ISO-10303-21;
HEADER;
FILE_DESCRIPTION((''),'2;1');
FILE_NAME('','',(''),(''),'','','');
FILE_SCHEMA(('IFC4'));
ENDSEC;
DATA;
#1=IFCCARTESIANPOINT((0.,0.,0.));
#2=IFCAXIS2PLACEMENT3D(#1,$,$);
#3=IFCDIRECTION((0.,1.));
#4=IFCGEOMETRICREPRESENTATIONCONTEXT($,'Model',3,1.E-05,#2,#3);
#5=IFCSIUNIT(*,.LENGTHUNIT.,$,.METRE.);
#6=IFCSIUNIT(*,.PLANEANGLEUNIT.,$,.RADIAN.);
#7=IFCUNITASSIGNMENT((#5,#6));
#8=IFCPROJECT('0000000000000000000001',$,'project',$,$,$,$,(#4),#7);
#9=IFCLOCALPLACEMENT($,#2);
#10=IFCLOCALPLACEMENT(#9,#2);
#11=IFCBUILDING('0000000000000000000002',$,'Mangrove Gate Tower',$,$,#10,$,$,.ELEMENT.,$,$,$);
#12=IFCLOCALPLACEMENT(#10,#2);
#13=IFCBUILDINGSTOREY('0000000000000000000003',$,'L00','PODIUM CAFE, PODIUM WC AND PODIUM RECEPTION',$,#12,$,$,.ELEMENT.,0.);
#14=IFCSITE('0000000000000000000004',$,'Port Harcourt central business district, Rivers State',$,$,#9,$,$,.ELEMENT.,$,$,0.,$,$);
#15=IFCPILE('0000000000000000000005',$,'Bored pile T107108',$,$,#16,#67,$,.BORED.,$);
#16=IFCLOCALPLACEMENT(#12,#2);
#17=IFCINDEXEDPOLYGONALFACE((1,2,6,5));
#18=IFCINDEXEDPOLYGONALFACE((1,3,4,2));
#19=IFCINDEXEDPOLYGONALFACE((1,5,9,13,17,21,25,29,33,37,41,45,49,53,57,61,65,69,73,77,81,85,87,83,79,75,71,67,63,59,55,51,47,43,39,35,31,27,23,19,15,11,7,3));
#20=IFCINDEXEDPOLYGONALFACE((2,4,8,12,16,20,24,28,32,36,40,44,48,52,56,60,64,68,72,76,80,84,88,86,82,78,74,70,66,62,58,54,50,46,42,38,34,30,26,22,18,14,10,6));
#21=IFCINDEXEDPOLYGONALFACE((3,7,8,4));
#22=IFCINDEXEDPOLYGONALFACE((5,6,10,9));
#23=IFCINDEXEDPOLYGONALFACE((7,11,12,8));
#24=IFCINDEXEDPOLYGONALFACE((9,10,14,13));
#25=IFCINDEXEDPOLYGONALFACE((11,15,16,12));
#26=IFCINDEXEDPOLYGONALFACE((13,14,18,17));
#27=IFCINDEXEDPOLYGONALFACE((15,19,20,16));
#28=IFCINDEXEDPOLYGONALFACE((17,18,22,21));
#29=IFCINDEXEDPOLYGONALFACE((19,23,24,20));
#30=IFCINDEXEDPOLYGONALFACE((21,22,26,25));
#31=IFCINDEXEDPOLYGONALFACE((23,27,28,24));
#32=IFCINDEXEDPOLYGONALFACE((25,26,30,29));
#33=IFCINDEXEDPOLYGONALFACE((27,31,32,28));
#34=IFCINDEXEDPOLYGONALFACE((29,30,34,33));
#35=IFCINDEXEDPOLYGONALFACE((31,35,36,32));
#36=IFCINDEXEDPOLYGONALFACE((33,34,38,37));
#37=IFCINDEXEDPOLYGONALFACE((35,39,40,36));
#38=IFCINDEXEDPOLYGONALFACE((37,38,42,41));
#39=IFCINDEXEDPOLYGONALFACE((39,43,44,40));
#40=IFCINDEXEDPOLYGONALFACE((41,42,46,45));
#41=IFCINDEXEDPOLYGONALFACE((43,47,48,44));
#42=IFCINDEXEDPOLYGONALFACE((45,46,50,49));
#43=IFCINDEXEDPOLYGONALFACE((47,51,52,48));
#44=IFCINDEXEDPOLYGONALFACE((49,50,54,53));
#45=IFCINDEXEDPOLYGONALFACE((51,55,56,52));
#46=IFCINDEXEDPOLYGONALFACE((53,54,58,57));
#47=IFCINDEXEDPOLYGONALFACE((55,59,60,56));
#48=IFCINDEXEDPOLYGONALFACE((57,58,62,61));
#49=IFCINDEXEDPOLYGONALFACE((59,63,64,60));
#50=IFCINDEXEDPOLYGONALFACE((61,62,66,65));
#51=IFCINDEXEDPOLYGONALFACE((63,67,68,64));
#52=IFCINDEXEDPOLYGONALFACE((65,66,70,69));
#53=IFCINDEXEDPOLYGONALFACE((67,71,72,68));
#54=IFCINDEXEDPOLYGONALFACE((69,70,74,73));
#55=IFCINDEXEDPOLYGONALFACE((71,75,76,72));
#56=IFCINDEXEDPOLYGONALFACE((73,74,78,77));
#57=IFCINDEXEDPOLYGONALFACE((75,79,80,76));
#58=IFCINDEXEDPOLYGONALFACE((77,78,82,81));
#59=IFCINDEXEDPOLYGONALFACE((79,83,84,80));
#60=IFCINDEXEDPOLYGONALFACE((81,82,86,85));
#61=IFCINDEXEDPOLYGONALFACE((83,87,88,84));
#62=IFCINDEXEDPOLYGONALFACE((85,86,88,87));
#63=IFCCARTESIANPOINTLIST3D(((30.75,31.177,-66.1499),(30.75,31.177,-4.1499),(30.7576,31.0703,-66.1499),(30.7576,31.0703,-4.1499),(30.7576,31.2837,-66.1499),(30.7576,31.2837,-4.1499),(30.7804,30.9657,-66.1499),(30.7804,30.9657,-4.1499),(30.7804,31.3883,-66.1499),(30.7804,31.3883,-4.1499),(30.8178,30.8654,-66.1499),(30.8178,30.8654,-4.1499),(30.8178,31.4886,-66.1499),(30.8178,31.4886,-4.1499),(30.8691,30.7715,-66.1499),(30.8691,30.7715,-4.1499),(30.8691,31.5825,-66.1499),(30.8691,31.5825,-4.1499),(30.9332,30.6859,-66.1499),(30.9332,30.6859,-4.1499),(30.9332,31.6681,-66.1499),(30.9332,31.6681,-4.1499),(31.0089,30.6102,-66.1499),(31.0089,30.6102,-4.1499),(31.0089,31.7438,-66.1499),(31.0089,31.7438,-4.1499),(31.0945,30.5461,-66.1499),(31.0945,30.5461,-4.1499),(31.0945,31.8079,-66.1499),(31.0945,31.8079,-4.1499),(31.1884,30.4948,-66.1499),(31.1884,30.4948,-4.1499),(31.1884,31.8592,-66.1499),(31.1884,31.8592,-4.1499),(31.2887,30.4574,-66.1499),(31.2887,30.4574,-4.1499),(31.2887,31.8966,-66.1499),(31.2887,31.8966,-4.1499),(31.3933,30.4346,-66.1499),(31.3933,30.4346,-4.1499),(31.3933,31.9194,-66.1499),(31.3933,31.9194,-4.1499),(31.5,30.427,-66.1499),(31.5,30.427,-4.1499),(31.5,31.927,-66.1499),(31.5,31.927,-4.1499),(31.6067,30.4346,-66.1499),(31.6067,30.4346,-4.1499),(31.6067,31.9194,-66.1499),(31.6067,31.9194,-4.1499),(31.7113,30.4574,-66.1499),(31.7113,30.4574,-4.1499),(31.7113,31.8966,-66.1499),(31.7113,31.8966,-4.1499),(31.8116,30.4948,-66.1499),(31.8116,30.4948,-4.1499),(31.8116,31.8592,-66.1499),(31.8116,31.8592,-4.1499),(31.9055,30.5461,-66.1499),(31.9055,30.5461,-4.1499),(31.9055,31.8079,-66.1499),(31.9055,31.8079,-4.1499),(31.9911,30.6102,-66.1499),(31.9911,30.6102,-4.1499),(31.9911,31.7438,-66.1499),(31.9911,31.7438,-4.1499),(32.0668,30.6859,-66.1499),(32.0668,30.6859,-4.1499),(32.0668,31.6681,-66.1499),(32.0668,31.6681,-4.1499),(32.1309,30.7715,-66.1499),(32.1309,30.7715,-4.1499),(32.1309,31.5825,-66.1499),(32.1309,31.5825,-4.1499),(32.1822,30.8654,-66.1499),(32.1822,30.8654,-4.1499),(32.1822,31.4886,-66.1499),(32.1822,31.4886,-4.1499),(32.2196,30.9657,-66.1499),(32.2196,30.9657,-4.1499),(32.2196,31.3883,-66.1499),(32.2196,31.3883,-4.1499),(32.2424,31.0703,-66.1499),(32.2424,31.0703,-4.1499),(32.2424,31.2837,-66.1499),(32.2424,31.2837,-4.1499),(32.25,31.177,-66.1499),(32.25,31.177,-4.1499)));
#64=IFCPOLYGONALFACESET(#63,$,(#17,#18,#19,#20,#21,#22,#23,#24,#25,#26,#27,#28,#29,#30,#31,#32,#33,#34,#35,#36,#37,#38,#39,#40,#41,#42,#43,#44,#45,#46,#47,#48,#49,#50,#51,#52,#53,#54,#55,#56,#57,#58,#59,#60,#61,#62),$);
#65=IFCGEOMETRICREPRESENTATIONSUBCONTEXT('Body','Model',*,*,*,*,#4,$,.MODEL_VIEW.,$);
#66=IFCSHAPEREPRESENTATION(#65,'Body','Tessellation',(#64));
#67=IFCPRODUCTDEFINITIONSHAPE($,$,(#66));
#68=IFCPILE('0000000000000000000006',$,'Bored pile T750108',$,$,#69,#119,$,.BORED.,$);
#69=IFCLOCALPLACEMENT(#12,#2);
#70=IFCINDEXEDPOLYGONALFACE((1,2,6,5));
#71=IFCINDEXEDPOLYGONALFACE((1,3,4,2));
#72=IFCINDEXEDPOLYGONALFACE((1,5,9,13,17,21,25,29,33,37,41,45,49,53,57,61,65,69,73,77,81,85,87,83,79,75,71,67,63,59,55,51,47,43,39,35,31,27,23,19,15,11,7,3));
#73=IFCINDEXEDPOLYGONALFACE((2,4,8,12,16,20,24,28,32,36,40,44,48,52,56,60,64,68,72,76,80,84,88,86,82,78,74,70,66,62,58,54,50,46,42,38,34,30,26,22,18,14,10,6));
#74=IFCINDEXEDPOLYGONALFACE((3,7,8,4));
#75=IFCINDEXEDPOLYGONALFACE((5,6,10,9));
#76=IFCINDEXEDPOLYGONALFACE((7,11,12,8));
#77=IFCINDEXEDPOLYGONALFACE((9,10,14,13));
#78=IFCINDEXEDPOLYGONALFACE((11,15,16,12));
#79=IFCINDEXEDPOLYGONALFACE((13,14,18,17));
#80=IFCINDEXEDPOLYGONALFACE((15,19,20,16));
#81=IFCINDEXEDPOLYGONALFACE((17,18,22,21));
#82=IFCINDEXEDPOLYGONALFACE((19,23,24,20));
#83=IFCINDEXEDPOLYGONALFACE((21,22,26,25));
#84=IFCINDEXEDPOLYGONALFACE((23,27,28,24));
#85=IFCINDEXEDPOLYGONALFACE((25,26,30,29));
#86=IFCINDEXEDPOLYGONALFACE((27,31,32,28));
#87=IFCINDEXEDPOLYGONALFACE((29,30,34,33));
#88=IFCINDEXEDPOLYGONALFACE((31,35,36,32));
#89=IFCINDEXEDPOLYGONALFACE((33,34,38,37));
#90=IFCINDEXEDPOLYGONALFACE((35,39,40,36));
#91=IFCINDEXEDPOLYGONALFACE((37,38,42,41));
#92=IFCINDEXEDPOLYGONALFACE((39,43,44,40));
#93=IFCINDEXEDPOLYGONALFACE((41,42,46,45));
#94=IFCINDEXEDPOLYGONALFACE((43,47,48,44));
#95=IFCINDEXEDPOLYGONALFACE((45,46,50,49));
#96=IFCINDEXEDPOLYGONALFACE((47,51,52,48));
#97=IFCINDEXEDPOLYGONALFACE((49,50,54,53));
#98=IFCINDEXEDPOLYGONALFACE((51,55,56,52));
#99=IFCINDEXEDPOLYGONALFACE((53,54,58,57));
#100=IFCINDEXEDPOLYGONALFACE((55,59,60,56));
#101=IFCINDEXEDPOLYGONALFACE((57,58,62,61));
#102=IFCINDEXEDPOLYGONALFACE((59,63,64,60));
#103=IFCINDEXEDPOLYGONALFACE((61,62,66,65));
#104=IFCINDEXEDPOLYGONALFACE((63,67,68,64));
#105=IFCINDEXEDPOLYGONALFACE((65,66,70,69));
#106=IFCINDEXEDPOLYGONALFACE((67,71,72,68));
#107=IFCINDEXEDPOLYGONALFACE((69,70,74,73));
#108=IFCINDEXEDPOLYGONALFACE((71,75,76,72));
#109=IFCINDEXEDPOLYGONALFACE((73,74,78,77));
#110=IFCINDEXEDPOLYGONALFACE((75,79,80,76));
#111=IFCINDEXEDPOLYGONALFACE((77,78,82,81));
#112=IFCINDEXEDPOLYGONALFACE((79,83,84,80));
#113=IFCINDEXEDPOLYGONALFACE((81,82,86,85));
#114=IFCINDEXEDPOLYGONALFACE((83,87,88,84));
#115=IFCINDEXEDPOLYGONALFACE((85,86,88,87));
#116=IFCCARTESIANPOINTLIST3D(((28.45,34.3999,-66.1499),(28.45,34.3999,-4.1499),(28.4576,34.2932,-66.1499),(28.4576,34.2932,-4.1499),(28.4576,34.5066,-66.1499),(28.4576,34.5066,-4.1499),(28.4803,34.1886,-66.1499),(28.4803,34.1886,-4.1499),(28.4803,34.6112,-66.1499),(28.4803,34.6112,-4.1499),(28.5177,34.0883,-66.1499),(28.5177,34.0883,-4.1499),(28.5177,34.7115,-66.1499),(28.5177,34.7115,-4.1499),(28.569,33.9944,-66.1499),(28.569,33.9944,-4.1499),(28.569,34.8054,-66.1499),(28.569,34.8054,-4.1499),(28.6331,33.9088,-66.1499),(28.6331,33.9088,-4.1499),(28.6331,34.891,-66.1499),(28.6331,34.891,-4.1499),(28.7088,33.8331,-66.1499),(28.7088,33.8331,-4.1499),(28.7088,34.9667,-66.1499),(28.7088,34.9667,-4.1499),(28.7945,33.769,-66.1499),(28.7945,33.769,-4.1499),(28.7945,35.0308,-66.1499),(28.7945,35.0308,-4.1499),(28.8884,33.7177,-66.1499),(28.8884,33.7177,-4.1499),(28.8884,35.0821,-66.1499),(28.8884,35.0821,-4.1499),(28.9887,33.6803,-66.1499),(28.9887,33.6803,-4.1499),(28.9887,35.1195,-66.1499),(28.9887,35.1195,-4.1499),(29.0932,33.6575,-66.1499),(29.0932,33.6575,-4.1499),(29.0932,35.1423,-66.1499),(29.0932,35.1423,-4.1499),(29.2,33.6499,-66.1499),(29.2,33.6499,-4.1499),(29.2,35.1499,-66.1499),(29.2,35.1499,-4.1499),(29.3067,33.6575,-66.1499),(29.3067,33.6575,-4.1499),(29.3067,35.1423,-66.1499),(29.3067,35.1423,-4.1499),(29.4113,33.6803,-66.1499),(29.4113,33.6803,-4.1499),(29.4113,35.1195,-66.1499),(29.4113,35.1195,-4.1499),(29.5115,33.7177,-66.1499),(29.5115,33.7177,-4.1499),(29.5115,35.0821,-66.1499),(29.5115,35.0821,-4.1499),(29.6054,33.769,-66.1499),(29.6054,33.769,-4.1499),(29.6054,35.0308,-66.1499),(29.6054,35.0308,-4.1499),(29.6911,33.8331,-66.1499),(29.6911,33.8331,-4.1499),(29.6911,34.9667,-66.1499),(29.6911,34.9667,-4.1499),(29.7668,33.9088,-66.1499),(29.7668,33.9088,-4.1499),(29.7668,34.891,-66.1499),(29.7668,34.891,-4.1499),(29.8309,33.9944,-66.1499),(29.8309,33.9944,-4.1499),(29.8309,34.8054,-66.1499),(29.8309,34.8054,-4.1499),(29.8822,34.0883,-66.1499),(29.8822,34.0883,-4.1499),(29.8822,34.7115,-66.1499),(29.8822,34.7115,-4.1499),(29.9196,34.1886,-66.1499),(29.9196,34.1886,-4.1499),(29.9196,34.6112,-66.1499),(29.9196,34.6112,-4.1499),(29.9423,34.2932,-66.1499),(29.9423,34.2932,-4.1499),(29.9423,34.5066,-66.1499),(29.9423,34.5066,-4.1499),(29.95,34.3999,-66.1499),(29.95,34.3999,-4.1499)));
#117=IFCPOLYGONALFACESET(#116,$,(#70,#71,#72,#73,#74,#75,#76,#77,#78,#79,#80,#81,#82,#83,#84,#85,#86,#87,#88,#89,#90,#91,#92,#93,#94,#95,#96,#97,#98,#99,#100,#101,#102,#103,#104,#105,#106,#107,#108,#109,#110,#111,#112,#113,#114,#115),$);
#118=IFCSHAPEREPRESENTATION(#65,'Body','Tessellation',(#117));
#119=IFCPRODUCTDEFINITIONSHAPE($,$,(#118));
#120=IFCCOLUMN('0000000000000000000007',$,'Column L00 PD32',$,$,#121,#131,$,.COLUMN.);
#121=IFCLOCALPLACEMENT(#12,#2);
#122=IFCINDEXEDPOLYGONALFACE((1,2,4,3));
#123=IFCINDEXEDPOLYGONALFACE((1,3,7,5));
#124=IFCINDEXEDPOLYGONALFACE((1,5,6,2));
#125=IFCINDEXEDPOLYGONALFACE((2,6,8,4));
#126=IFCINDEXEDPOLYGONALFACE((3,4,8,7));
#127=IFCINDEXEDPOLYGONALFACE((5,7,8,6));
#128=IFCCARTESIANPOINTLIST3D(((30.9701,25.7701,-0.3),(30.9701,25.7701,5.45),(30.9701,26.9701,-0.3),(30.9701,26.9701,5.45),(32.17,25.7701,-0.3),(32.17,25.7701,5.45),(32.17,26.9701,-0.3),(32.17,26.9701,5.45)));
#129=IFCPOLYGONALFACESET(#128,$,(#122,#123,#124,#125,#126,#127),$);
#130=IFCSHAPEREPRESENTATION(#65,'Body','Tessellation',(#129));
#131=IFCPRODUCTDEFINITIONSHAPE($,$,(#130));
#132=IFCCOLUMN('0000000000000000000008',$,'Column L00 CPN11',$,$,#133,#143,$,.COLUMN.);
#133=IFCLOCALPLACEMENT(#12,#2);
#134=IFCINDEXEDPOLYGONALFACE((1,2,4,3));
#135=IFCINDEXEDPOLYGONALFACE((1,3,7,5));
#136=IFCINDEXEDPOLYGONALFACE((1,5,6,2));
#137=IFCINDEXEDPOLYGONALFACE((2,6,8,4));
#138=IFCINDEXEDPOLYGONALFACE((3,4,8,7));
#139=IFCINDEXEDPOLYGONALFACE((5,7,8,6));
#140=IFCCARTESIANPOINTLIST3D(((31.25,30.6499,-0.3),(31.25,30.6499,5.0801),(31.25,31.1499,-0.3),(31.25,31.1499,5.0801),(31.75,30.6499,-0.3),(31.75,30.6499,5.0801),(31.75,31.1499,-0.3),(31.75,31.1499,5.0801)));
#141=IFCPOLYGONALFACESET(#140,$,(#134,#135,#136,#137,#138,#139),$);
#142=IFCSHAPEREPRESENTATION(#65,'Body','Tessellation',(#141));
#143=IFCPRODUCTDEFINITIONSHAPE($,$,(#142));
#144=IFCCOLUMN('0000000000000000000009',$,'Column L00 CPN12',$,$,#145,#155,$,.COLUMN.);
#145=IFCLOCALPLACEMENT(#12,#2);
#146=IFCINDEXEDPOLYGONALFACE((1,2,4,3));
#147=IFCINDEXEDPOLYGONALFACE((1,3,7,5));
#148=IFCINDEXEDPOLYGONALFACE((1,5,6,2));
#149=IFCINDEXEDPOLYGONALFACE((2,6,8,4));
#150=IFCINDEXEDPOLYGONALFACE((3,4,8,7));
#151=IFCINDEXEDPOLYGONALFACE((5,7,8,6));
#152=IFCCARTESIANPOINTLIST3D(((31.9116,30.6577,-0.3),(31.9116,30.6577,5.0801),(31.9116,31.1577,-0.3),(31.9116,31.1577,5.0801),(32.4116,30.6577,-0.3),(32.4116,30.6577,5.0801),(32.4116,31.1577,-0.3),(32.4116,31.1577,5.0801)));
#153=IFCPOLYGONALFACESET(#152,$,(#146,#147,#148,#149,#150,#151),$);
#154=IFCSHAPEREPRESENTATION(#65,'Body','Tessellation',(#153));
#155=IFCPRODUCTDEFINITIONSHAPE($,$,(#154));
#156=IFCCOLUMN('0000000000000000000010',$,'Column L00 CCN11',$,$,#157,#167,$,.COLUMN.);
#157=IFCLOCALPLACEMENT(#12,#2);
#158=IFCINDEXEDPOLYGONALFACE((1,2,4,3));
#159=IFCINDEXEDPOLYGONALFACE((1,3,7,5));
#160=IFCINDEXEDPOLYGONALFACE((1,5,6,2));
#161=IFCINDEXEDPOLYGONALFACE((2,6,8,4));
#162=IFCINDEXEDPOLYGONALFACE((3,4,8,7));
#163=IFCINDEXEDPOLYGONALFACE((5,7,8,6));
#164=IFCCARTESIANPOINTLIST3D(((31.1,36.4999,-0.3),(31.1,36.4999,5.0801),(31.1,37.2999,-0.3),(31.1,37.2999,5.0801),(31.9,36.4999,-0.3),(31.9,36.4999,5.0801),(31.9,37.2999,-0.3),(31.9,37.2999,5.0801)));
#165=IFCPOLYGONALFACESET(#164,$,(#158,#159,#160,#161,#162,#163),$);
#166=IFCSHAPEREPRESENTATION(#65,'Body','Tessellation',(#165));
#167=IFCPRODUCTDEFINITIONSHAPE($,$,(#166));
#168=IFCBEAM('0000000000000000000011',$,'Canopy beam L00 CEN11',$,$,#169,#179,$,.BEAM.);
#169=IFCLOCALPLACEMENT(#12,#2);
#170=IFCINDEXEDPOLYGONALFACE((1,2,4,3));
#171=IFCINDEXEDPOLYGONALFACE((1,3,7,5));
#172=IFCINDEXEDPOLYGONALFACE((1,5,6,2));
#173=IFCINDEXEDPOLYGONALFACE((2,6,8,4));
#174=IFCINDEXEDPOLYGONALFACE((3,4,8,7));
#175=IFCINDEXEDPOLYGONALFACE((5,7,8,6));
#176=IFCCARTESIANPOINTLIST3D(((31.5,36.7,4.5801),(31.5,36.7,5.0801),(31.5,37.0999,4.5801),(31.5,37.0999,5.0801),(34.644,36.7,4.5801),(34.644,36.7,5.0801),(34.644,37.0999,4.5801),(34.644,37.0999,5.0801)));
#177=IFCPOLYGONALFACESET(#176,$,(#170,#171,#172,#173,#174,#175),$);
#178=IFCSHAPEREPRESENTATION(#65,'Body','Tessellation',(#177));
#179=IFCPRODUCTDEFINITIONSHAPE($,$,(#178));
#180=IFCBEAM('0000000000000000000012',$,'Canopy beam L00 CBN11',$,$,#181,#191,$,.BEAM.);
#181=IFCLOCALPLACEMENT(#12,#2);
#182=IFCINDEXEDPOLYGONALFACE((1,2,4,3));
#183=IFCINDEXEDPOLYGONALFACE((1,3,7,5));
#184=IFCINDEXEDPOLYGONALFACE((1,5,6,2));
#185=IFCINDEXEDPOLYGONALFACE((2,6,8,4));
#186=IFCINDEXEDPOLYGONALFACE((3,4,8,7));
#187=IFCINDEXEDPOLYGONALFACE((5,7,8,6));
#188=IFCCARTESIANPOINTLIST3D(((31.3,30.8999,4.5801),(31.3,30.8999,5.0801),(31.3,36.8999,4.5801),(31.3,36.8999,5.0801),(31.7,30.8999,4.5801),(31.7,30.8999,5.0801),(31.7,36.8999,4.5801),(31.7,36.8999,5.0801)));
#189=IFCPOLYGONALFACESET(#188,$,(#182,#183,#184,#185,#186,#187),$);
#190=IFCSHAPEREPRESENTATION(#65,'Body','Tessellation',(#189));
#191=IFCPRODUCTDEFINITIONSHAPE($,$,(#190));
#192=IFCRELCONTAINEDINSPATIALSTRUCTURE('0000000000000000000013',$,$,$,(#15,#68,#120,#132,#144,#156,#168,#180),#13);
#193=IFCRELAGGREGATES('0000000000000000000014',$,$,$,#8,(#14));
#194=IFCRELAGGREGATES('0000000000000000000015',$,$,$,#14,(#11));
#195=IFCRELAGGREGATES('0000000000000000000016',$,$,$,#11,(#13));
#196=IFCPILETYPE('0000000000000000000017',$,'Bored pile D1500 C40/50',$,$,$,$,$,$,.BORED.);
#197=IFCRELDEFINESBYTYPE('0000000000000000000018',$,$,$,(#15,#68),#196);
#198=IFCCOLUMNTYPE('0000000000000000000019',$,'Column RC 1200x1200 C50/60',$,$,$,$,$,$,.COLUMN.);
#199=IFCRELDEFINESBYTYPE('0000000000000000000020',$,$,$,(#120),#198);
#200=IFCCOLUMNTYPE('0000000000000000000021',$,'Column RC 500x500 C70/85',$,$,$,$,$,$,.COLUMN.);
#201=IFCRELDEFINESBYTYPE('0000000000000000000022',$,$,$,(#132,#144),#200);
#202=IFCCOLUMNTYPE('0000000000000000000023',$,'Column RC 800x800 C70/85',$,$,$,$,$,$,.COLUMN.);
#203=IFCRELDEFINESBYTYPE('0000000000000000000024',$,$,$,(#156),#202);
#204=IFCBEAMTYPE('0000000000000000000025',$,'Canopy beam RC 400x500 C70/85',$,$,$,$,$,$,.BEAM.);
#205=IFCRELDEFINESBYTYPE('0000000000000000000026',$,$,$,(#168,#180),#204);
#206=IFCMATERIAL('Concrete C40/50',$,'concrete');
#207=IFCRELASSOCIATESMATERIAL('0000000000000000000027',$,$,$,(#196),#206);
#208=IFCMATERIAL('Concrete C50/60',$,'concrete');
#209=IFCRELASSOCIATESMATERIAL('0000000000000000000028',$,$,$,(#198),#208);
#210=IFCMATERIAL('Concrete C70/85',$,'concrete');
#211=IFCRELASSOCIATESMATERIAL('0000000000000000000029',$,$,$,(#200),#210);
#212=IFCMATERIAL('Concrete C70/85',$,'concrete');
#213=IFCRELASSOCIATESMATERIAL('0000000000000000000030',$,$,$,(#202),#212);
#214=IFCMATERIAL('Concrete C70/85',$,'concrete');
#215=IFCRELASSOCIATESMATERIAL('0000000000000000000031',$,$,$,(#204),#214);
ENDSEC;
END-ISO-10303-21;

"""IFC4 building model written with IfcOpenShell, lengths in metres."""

from ifc_helpers import new_model, si_unit, direction, frame, origin, origin_2d, place, context, subcontext, project, spatial, rectangle, circle, extrude, material, material_profile, profile_set, type_object, element, save


model = new_model("IFC4")

# Units and contexts
model_context = context("Model", 3, precision=1e-05, world=origin(), true_north=direction((0.0, 1.0)))
body_context = subcontext(model_context, "Body", "Model", "MODEL_VIEW")
ifc_project = project(units=[si_unit("LENGTHUNIT", "METRE"), si_unit("PLANEANGLEUNIT", "RADIAN")], contexts=[model_context])

# Site, building, storey
site_placement = place(None, origin())
site = spatial("IfcSite", under=ifc_project, at=site_placement, Name="Port Harcourt central business district, Rivers State", CompositionType="ELEMENT", RefElevation=0.0)
building_placement = place(site_placement, origin())
building = spatial("IfcBuilding", under=site, at=building_placement, Name="Mangrove Gate Tower", CompositionType="ELEMENT")
storey_placement = place(building_placement, origin())
storey = spatial("IfcBuildingStorey", under=building, at=storey_placement, Name="L00", Description="PODIUM CAFE, PODIUM WC AND PODIUM RECEPTION", CompositionType="ELEMENT", Elevation=0.0)

# Piles
ifc_material_1 = material(Name="Concrete C40/50", Category="concrete")
ifc_material_profile_1 = material_profile(ifc_material_1, circle(Radius=0.75, at=origin_2d()))
ifc_profile_set_1 = profile_set([ifc_material_profile_1], Name="Concrete C40/50")
pile_type = type_object("IfcPileType", Name="Bored pile D1500 C40/50", PredefinedType="BORED", material=ifc_profile_set_1)
for number, where, z_axis, x_axis, name in (
    (1, (31.5, 31.177, -4.1499), (0.0, 0.0, -1.0), (1.0, 0.0, 0.0), "Bored pile T107108"),
    (2, (29.2, 34.3999, -4.1499), (0.0, 0.0, -1.0), (1.0, 0.0, 0.0), "Bored pile T750108"),
):
    element("IfcPile", number, at=place(storey_placement, frame(where, z_axis=z_axis, x_axis=x_axis)), inside=storey, type_object=pile_type, Name=name, PredefinedType="BORED", context=body_context, shape_type="SweptSolid", body=[
        extrude(circle(Radius=0.75, at=origin_2d()), origin(), (0.0, 0.0, 1.0), 62.0),
    ])

# Columns
ifc_material_2 = material(Name="Concrete C50/60", Category="concrete")
ifc_material_profile_2 = material_profile(ifc_material_2, rectangle(XDim=1.2, YDim=1.2, at=origin_2d()))
ifc_profile_set_2 = profile_set([ifc_material_profile_2], Name="Concrete C50/60")
column_type_1 = type_object("IfcColumnType", Name="Column RC 1200x1200 C50/60", PredefinedType="COLUMN", material=ifc_profile_set_2)
column_1_placement = place(storey_placement, frame((31.5701, 26.3701, -0.3), z_axis=(0.0, 0.0, 1.0), x_axis=(1.0, 0.0, 0.0)))
element("IfcColumn", 3, at=column_1_placement, inside=storey, type_object=column_type_1, Name="Column L00 PD32", PredefinedType="COLUMN", context=body_context, shape_type="SweptSolid", body=[
    extrude(rectangle(XDim=1.2, YDim=1.2, at=origin_2d()), origin(), (0.0, 0.0, 1.0), 5.75),
])
ifc_material_3 = material(Name="Concrete C70/85", Category="concrete")
ifc_material_profile_3 = material_profile(ifc_material_3, rectangle(XDim=0.5, YDim=0.5, at=origin_2d()))
ifc_profile_set_3 = profile_set([ifc_material_profile_3], Name="Concrete C70/85")
column_type_2 = type_object("IfcColumnType", Name="Column RC 500x500 C70/85", PredefinedType="COLUMN", material=ifc_profile_set_3)
for number, where, z_axis, x_axis, name in (
    (4, (31.5, 30.8999, -0.3), (0.0, 0.0, 1.0), (1.0, 0.0, 0.0), "Column L00 CPN11"),
    (5, (32.1616, 30.9077, -0.3), (0.0, 0.0, 1.0), (1.0, 0.0, 0.0), "Column L00 CPN12"),
):
    element("IfcColumn", number, at=place(storey_placement, frame(where, z_axis=z_axis, x_axis=x_axis)), inside=storey, type_object=column_type_2, Name=name, PredefinedType="COLUMN", context=body_context, shape_type="SweptSolid", body=[
        extrude(rectangle(XDim=0.5, YDim=0.5, at=origin_2d()), origin(), (0.0, 0.0, 1.0), 5.3801),
    ])
ifc_material_4 = material(Name="Concrete C70/85", Category="concrete")
ifc_material_profile_4 = material_profile(ifc_material_4, rectangle(XDim=0.8, YDim=0.8, at=origin_2d()))
ifc_profile_set_4 = profile_set([ifc_material_profile_4], Name="Concrete C70/85")
column_type_3 = type_object("IfcColumnType", Name="Column RC 800x800 C70/85", PredefinedType="COLUMN", material=ifc_profile_set_4)
column_2_placement = place(storey_placement, frame((31.5, 36.8999, -0.3), z_axis=(0.0, 0.0, 1.0), x_axis=(1.0, 0.0, 0.0)))
element("IfcColumn", 6, at=column_2_placement, inside=storey, type_object=column_type_3, Name="Column L00 CCN11", PredefinedType="COLUMN", context=body_context, shape_type="SweptSolid", body=[
    extrude(rectangle(XDim=0.8, YDim=0.8, at=origin_2d()), origin(), (0.0, 0.0, 1.0), 5.3801),
])

# Beams
ifc_material_5 = material(Name="Concrete C70/85", Category="concrete")
ifc_material_profile_5 = material_profile(ifc_material_5, rectangle(XDim=0.3999, YDim=0.5, at=origin_2d()))
ifc_profile_set_5 = profile_set([ifc_material_profile_5], Name="Concrete C70/85")
beam_type = type_object("IfcBeamType", Name="Canopy beam RC 400x500 C70/85", PredefinedType="BEAM", material=ifc_profile_set_5)
beam_1_placement = place(storey_placement, frame((31.5, 36.8999, 4.8301), z_axis=(1.0, 0.0, 0.0), x_axis=(0.0, 1.0, 0.0)))
element("IfcBeam", 7, at=beam_1_placement, inside=storey, type_object=beam_type, Name="Canopy beam L00 CEN11", PredefinedType="BEAM", context=body_context, shape_type="SweptSolid", body=[
    extrude(rectangle(XDim=0.3999, YDim=0.5, at=origin_2d()), origin(), (0.0, 0.0, 1.0), 3.144),
])
beam_2_placement = place(storey_placement, frame((31.5, 30.8999, 4.8301), z_axis=(0.0, 1.0, 0.0), x_axis=(-1.0, 0.0, 0.0)))
element("IfcBeam", 8, at=beam_2_placement, inside=storey, type_object=beam_type, Name="Canopy beam L00 CBN11", PredefinedType="BEAM", context=body_context, shape_type="SweptSolid", body=[
    extrude(rectangle(XDim=0.3999, YDim=0.5, at=origin_2d()), origin(), (0.0, 0.0, 1.0), 6.0),
])

save(model, "model.ifc")
